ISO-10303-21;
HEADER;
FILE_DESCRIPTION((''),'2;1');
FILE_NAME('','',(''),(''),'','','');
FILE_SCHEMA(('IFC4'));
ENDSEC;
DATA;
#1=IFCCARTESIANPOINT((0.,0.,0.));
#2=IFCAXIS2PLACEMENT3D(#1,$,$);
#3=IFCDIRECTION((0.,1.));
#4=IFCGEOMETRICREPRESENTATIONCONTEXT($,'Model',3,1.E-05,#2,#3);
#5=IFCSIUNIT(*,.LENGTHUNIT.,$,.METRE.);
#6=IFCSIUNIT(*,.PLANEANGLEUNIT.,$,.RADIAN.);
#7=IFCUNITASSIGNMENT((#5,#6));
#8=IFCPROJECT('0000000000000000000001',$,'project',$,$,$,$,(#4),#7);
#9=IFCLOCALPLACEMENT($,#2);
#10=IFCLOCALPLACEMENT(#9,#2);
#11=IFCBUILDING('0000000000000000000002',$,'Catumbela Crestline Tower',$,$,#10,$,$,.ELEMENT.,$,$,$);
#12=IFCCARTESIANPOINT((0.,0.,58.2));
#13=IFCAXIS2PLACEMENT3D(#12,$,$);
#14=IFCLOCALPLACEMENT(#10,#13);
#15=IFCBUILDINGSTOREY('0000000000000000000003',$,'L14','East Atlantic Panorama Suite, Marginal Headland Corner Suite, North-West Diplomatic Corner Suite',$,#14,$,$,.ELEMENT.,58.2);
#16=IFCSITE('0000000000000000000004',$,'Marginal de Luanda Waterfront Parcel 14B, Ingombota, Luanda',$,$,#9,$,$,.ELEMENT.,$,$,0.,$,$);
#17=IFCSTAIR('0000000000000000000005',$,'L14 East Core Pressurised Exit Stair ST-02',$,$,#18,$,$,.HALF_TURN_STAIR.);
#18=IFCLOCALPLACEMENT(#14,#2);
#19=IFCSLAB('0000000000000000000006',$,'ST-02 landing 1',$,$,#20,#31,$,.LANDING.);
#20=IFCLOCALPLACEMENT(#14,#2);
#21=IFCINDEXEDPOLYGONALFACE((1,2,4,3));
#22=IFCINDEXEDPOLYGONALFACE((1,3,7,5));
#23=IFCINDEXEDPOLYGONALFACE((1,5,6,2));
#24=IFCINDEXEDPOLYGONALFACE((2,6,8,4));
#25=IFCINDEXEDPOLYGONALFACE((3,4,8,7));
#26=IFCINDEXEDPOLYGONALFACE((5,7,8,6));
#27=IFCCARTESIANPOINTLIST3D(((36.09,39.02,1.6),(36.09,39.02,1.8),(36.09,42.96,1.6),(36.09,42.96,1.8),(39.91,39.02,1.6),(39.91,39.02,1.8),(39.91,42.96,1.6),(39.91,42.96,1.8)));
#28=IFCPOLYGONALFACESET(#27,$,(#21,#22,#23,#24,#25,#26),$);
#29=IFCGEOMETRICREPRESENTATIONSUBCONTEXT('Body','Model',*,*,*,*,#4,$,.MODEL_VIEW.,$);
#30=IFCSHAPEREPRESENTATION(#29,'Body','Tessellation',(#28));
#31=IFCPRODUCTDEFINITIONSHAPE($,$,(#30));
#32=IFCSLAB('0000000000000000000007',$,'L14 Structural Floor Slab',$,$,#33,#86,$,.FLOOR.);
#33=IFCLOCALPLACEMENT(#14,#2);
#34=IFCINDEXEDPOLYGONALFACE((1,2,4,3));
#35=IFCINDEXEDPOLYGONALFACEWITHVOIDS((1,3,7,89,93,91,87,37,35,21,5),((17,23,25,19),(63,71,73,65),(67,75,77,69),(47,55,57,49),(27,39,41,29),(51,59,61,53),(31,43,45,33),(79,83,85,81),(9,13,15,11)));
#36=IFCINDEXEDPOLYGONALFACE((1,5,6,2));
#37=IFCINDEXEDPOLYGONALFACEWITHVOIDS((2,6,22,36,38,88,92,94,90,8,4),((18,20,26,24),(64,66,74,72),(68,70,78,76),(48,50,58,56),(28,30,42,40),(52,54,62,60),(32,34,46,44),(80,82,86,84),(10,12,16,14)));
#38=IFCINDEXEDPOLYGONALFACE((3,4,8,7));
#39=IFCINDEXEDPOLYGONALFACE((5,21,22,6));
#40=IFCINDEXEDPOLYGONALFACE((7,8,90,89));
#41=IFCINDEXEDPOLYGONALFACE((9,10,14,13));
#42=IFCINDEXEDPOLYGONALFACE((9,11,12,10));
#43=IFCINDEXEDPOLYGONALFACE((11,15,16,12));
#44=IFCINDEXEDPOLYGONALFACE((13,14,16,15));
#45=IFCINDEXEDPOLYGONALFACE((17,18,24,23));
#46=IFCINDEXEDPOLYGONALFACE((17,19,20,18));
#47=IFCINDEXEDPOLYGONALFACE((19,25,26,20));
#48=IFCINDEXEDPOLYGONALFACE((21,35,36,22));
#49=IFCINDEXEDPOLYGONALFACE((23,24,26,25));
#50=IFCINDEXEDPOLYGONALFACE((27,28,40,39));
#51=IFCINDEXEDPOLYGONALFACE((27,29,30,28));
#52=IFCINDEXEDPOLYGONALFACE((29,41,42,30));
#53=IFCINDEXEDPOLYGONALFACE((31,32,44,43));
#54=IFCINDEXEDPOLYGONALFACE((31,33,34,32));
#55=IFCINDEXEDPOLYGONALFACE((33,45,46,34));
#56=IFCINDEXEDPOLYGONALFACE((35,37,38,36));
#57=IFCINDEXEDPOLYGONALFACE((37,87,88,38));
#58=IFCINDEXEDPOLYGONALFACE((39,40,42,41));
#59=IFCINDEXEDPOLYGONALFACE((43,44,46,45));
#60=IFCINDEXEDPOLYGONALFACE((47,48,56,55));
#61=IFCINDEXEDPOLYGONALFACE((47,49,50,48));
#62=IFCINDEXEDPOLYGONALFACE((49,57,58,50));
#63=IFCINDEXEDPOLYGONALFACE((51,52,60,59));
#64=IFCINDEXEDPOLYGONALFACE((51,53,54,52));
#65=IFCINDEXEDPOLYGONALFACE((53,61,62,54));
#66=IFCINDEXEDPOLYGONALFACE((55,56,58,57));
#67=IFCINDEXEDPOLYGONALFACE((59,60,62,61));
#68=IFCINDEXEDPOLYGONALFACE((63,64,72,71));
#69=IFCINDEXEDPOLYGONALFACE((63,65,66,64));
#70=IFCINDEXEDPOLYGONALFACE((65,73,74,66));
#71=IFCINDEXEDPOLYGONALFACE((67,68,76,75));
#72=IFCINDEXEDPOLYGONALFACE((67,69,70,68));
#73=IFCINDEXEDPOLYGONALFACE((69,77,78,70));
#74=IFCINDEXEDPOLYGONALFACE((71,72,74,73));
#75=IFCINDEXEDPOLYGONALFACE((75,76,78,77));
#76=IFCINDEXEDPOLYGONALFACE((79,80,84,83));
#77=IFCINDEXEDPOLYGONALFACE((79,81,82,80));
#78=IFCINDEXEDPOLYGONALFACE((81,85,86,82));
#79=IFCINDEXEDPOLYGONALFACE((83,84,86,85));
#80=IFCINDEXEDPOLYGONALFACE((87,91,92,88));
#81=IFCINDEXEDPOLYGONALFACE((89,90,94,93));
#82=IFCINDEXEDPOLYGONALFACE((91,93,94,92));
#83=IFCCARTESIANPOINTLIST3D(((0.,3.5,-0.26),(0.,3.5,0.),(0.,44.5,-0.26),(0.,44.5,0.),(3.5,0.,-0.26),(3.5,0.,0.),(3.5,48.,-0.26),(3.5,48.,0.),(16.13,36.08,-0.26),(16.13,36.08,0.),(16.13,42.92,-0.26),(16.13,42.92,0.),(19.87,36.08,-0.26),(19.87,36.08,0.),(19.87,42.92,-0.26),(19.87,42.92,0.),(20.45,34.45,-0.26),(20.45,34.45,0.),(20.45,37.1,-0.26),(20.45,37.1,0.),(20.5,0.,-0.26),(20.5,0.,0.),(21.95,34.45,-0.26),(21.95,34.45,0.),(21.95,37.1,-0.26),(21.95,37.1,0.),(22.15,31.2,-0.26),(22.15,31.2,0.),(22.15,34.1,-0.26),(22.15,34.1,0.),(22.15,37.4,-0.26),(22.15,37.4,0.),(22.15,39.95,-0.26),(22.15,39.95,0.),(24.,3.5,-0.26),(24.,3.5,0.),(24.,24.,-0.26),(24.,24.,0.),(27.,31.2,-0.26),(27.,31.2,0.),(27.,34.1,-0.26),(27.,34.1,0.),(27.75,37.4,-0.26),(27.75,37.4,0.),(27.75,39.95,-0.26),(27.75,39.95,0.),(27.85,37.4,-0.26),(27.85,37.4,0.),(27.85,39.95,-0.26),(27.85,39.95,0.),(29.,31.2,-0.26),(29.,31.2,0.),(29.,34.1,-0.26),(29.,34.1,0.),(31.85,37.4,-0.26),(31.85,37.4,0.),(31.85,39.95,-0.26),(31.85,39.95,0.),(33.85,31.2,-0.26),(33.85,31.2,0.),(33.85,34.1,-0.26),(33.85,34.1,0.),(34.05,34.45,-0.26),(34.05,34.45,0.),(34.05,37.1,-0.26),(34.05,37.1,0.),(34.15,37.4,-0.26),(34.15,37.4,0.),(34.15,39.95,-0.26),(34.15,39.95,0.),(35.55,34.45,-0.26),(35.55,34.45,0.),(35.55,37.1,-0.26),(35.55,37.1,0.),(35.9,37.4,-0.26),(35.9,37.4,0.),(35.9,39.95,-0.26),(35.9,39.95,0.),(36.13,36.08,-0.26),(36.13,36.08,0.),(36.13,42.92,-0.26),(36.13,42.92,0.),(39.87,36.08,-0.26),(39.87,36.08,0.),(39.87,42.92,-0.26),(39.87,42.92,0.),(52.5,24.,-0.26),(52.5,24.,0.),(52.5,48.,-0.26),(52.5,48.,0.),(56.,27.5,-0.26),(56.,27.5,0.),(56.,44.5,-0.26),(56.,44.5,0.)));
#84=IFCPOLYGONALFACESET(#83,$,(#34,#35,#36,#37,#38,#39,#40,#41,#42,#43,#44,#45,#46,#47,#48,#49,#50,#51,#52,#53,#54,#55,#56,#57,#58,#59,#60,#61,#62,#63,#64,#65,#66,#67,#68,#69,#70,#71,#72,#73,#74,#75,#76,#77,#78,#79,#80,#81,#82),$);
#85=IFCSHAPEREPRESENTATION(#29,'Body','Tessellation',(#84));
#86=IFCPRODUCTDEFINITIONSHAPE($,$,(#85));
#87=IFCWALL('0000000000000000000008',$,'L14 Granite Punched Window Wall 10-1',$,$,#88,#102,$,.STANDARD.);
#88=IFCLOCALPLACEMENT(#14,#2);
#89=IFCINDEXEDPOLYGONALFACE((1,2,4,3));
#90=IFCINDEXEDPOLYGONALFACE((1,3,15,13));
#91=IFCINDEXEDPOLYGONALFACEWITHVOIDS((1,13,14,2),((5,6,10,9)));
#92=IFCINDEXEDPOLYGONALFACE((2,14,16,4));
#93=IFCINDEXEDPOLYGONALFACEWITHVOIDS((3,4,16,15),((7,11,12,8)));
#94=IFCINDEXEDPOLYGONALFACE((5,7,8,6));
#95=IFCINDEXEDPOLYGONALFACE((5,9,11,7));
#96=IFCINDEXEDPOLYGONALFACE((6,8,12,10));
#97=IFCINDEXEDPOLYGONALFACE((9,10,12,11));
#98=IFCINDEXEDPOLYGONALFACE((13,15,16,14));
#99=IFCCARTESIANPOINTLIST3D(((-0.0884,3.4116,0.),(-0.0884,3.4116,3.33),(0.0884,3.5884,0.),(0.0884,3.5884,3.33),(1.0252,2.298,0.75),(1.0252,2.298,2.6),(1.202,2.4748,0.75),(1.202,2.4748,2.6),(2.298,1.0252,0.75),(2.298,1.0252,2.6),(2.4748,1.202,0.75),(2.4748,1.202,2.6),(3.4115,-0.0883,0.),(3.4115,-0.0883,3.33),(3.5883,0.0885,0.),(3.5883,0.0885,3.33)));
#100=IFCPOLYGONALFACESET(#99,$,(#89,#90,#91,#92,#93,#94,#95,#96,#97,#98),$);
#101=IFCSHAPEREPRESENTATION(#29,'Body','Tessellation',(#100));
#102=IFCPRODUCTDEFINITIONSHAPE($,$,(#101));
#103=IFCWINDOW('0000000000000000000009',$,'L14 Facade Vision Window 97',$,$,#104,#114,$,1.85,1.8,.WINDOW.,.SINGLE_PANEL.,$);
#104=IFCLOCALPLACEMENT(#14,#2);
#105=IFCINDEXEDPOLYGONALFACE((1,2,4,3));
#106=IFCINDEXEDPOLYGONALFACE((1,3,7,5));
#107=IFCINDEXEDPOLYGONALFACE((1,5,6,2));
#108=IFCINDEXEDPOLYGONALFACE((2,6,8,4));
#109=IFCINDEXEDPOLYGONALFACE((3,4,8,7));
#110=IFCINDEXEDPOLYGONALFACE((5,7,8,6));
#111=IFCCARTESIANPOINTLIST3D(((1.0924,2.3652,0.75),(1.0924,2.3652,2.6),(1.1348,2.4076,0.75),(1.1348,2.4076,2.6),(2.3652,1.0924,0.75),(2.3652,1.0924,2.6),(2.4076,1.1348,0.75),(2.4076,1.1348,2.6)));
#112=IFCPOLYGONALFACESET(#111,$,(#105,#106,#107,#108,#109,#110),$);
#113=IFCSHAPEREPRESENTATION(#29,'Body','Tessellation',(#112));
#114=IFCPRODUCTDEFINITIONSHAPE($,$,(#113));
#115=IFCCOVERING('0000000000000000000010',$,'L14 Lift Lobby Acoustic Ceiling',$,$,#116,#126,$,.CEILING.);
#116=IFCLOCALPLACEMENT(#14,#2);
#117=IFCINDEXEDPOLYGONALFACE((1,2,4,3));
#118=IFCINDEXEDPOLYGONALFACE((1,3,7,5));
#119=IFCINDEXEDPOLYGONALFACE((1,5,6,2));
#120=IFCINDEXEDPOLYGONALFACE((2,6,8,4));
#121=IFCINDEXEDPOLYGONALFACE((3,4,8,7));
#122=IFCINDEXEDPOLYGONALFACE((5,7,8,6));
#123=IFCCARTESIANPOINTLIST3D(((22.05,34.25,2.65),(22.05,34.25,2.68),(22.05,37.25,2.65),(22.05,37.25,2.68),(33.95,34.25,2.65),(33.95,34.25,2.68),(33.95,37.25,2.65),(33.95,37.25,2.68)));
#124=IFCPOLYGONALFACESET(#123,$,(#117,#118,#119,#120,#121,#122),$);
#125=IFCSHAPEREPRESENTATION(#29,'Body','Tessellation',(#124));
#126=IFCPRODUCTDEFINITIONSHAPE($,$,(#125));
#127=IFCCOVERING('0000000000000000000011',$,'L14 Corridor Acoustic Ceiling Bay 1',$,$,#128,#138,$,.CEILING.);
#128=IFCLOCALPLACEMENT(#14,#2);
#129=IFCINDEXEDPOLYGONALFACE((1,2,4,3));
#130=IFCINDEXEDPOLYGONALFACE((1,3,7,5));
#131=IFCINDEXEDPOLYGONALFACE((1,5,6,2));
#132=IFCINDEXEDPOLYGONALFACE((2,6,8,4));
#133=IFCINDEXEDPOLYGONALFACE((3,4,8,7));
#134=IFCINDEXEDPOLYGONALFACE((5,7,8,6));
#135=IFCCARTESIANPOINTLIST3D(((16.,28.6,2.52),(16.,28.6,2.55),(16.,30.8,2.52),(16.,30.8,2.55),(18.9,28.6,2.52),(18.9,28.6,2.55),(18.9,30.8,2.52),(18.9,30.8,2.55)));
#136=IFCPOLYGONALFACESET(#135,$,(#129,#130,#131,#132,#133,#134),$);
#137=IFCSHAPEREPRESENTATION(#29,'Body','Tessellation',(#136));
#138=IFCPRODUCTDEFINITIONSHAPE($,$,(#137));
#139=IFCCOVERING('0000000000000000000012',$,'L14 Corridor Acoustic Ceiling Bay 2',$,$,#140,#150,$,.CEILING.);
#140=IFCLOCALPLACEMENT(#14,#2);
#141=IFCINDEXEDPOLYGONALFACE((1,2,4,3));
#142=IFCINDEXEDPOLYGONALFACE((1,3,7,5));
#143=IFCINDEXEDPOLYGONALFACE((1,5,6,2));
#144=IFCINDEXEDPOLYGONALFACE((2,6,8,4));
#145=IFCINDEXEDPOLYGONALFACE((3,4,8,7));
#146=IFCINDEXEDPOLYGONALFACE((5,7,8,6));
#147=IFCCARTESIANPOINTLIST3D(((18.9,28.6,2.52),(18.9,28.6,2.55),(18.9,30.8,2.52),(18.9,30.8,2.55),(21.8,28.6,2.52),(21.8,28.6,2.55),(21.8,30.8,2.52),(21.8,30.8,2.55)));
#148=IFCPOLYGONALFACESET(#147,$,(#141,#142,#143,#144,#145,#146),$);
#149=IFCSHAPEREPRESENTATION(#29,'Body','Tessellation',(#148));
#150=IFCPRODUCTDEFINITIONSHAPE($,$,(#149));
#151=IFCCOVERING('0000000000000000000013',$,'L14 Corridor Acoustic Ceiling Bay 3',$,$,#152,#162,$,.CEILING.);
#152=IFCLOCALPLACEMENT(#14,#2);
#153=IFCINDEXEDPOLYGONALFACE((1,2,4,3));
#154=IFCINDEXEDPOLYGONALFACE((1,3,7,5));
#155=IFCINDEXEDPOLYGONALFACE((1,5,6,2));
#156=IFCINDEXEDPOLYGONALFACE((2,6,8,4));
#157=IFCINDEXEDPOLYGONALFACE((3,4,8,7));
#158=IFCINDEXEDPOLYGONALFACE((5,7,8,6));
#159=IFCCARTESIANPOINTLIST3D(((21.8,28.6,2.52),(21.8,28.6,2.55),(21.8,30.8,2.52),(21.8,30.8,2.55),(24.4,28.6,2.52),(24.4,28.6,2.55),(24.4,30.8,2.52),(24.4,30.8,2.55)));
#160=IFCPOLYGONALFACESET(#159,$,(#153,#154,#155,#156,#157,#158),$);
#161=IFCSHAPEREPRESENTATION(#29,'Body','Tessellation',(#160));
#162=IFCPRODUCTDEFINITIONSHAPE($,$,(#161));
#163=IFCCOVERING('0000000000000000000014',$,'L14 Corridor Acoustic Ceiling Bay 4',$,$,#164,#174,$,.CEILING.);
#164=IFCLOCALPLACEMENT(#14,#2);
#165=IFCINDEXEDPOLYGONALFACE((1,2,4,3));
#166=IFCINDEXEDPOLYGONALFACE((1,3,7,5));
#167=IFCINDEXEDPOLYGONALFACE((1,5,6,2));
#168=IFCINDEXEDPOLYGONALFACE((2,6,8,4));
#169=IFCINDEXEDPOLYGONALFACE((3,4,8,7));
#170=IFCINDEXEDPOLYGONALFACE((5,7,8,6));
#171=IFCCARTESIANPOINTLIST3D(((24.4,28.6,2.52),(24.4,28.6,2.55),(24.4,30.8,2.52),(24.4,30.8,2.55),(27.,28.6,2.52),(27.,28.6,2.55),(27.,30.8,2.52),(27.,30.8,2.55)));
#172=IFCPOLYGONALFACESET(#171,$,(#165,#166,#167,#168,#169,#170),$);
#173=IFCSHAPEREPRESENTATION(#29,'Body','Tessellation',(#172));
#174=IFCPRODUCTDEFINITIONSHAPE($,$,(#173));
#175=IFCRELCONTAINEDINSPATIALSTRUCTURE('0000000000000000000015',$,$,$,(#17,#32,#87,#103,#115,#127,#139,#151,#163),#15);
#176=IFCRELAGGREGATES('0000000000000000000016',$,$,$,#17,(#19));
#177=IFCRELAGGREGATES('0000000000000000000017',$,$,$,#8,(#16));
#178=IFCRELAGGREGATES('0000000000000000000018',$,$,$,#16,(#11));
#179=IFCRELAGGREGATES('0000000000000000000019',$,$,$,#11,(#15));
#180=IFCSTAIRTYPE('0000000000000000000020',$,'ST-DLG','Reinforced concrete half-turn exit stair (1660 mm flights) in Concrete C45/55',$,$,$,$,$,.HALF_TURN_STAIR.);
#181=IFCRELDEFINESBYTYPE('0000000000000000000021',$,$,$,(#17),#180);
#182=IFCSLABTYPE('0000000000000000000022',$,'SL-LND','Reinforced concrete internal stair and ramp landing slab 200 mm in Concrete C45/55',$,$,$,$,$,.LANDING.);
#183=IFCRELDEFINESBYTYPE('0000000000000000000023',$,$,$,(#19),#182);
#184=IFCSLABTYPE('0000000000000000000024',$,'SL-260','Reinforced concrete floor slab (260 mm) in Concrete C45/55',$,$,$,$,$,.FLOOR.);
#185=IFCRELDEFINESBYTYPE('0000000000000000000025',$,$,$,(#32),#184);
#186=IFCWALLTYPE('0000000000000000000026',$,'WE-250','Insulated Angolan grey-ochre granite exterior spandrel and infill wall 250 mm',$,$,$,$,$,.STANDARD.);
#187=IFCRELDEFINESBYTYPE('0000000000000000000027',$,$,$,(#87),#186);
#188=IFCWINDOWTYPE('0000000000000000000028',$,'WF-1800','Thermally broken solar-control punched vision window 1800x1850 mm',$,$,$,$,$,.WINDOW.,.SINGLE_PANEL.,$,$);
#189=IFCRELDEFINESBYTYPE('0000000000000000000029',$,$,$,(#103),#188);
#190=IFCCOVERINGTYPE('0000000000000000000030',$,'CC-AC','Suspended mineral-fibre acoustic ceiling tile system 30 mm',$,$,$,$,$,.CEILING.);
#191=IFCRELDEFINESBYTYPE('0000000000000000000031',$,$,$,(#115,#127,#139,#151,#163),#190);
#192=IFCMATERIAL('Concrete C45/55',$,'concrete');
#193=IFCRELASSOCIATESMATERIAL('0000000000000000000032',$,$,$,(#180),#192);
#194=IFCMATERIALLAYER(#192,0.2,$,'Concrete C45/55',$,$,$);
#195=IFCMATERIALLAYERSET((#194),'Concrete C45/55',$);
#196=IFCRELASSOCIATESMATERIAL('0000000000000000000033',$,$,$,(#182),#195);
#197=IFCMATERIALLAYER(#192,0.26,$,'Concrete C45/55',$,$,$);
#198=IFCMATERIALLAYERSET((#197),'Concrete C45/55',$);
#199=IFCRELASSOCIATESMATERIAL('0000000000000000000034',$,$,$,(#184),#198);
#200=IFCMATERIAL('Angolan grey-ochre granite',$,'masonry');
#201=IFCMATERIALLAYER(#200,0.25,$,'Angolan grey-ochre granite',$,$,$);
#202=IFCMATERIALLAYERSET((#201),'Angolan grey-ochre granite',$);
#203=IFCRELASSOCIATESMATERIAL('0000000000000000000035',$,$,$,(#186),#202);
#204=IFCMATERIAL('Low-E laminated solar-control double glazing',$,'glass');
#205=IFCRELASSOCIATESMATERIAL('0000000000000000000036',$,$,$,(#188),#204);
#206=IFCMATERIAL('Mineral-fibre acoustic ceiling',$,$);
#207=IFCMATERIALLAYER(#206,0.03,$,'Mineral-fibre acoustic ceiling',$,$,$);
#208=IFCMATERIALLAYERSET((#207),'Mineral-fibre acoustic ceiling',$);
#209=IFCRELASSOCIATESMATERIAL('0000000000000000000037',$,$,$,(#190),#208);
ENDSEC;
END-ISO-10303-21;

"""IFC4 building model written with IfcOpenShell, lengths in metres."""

from ifc_helpers import new_model, si_unit, direction, frame, frame_2d, origin, place, context, subcontext, project, spatial, polyline, rectangle, outline, extrude, material, layer, layer_set, type_object, element, fill, aggregate, save


model = new_model("IFC4")

# Units and contexts
model_context = context("Model", 3, precision=1e-05, world=origin(), true_north=direction((0.0, 1.0)))
body_context = subcontext(model_context, "Body", "Model", "MODEL_VIEW")
ifc_project = project(units=[si_unit("LENGTHUNIT", "METRE"), si_unit("PLANEANGLEUNIT", "RADIAN")], contexts=[model_context])

# Site, building, storey
site_placement = place(None, origin())
site = spatial("IfcSite", under=ifc_project, at=site_placement, Name="Marginal de Luanda Waterfront Parcel 14B, Ingombota, Luanda", CompositionType="ELEMENT", RefElevation=0.0)
building_placement = place(site_placement, origin())
building = spatial("IfcBuilding", under=site, at=building_placement, Name="Catumbela Crestline Tower", CompositionType="ELEMENT")
storey_placement = place(building_placement, frame((0.0, 0.0, 58.2)))
storey = spatial("IfcBuildingStorey", under=building, at=storey_placement, Name="L14", Description="East Atlantic Panorama Suite, Marginal Headland Corner Suite, North-West Diplomatic Corner Suite", CompositionType="ELEMENT", Elevation=58.2)

# Stair, slab
ifc_material_1 = material(Name="Concrete C45/55", Category="concrete")
stair_type = type_object("IfcStairType", Name="ST-DLG", Description="Reinforced concrete half-turn exit stair (1660 mm flights) in Concrete C45/55", PredefinedType="HALF_TURN_STAIR", material=ifc_material_1)
ifc_layer_1 = layer(ifc_material_1, 0.2, Name="Concrete C45/55")
ifc_layer_set_1 = layer_set([ifc_layer_1], Name="Concrete C45/55")
slab_type_1 = type_object("IfcSlabType", Name="SL-LND", Description="Reinforced concrete internal stair and ramp landing slab 200 mm in Concrete C45/55", PredefinedType="LANDING", material=ifc_layer_set_1)
stair_1_placement = place(storey_placement, origin())
stair_1 = element("IfcStair", 1, at=stair_1_placement, inside=storey, type_object=stair_type, Name="L14 East Core Pressurised Exit Stair ST-02", PredefinedType="HALF_TURN_STAIR")
slab_1_placement = place(storey_placement, frame((0.0, 0.0, 1.6)))
slab_1 = element("IfcSlab", 2, at=slab_1_placement, type_object=slab_type_1, Name="ST-02 landing 1", PredefinedType="LANDING", context=body_context, shape_type="SweptSolid", body=[
    extrude(outline(polyline([(39.91, 39.02), (39.91, 42.96), (36.09, 42.96), (36.09, 39.02), (39.91, 39.02)])), origin(), (0.0, 0.0, 1.0), 0.2),
])
aggregate(stair_1, [slab_1])

# Slab
ifc_layer_2 = layer(ifc_material_1, 0.26, Name="Concrete C45/55")
ifc_layer_set_2 = layer_set([ifc_layer_2], Name="Concrete C45/55")
slab_type_2 = type_object("IfcSlabType", Name="SL-260", Description="Reinforced concrete floor slab (260 mm) in Concrete C45/55", PredefinedType="FLOOR", material=ifc_layer_set_2)
slab_2_placement = place(storey_placement, frame((0.0, 0.0, -0.26)))
element("IfcSlab", 3, at=slab_2_placement, inside=storey, type_object=slab_type_2, Name="L14 Structural Floor Slab", PredefinedType="FLOOR", context=body_context, shape_type="SweptSolid", body=[
    extrude(outline(polyline([(3.5, 0.0), (20.5, 0.0), (24.0, 3.5), (24.0, 24.0), (52.5, 24.0), (56.0, 27.5), (56.0, 44.5), (52.5, 48.0), (3.5, 48.0), (0.0, 44.5), (0.0, 3.5), (3.5, 0.0)]), holes=[polyline([(16.13, 36.08), (19.87, 36.08), (19.87, 42.92), (16.13, 42.92), (16.13, 36.08)]), polyline([(36.13, 36.08), (39.87, 36.08), (39.87, 42.92), (36.13, 42.92), (36.13, 36.08)]), polyline([(22.15, 31.2), (27.0, 31.2), (27.0, 34.1), (22.15, 34.1), (22.15, 31.2)]), polyline([(29.0, 31.2), (33.85, 31.2), (33.85, 34.1), (29.0, 34.1), (29.0, 31.2)]), polyline([(22.15, 37.4), (27.75, 37.4), (27.75, 39.95), (22.15, 39.95), (22.15, 37.4)]), polyline([(27.85, 37.4), (31.85, 37.4), (31.85, 39.95), (27.85, 39.95), (27.85, 37.4)]), polyline([(20.45, 34.45), (21.95, 34.45), (21.95, 37.1), (20.45, 37.1), (20.45, 34.45)]), polyline([(34.05, 34.45), (35.55, 34.45), (35.55, 37.1), (34.05, 37.1), (34.05, 34.45)]), polyline([(34.15, 37.4), (35.9, 37.4), (35.9, 39.95), (34.15, 39.95), (34.15, 37.4)])]), origin(), (0.0, 0.0, 1.0), 0.26),
])

# Wall, opening, window
ifc_material_2 = material(Name="Angolan grey-ochre granite", Category="masonry")
ifc_layer_3 = layer(ifc_material_2, 0.25, Name="Angolan grey-ochre granite")
ifc_layer_set_3 = layer_set([ifc_layer_3], Name="Angolan grey-ochre granite")
wall_type = type_object("IfcWallType", Name="WE-250", Description="Insulated Angolan grey-ochre granite exterior spandrel and infill wall 250 mm", PredefinedType="STANDARD", material=ifc_layer_set_3)
wall_placement = place(storey_placement, frame((0.0, 3.5, 0.0), z_axis=(0.0, 0.0, 1.0), x_axis=(0.707107, -0.707107, 0.0)))
wall = element("IfcWall", 4, at=wall_placement, inside=storey, type_object=wall_type, Name="L14 Granite Punched Window Wall 10-1", PredefinedType="STANDARD", context=body_context, shape_type="SweptSolid", body=[
    extrude(rectangle(XDim=4.9497, YDim=0.25, at=frame_2d((2.4748, 0.0))), origin(), (0.0, 0.0, 1.0), 3.33),
])
opening_placement = place(wall_placement, frame((1.5749, 0.0, 0.75)))
opening = element("IfcOpeningElement", 5, at=opening_placement, cuts=wall, PredefinedType="OPENING", context=body_context, shape_type="SweptSolid", body=[
    extrude(rectangle(XDim=1.8, YDim=1.85, at=frame_2d((0.9, 0.925))), frame((0.0, 0.135, 0.0), z_axis=(0.0, -1.0, 0.0), x_axis=(1.0, 0.0, 0.0)), (0.0, 0.0, 1.0), 0.27),
])
ifc_material_3 = material(Name="Low-E laminated solar-control double glazing", Category="glass")
window_type = type_object("IfcWindowType", Name="WF-1800", Description="Thermally broken solar-control punched vision window 1800x1850 mm", PartitioningType="SINGLE_PANEL", PredefinedType="WINDOW", material=ifc_material_3)
window_placement = place(opening_placement, origin())
window = element("IfcWindow", 6, at=window_placement, inside=storey, type_object=window_type, Name="L14 Facade Vision Window 97", OverallHeight=1.85, OverallWidth=1.8, PartitioningType="SINGLE_PANEL", PredefinedType="WINDOW", context=body_context, shape_type="SweptSolid", body=[
    extrude(rectangle(XDim=1.8, YDim=1.85, at=frame_2d((0.9, 0.925))), frame((0.0, 0.03, 0.0), z_axis=(0.0, -1.0, 0.0), x_axis=(1.0, 0.0, 0.0)), (0.0, 0.0, 1.0), 0.06),
])
fill(opening, window)

# Coverings
ifc_material_4 = material(Name="Mineral-fibre acoustic ceiling")
ifc_layer_4 = layer(ifc_material_4, 0.03, Name="Mineral-fibre acoustic ceiling")
ifc_layer_set_4 = layer_set([ifc_layer_4], Name="Mineral-fibre acoustic ceiling")
covering_type_1 = type_object("IfcCoveringType", Name="CC-AC", Description="Suspended mineral-fibre acoustic ceiling tile system 30 mm", PredefinedType="CEILING", material=ifc_layer_set_4)
covering_1_placement = place(storey_placement, frame((0.0, 0.0, 2.65)))
element("IfcCovering", 7, at=covering_1_placement, inside=storey, type_object=covering_type_1, Name="L14 Lift Lobby Acoustic Ceiling", PredefinedType="CEILING", context=body_context, shape_type="SweptSolid", body=[
    extrude(outline(polyline([(22.05, 34.25), (33.95, 34.25), (33.95, 37.25), (22.05, 37.25), (22.05, 34.25)])), origin(), (0.0, 0.0, 1.0), 0.03),
])
covering_2_placement = place(storey_placement, frame((0.0, 0.0, 2.52)))
element("IfcCovering", 8, at=covering_2_placement, inside=storey, type_object=covering_type_1, Name="L14 Corridor Acoustic Ceiling Bay 1", PredefinedType="CEILING", context=body_context, shape_type="SweptSolid", body=[
    extrude(outline(polyline([(16.0, 28.6), (18.9, 28.6), (18.9, 30.8), (16.0, 30.8), (16.0, 28.6)])), origin(), (0.0, 0.0, 1.0), 0.03),
])
covering_3_placement = place(storey_placement, frame((0.0, 0.0, 2.52)))
element("IfcCovering", 9, at=covering_3_placement, inside=storey, type_object=covering_type_1, Name="L14 Corridor Acoustic Ceiling Bay 2", PredefinedType="CEILING", context=body_context, shape_type="SweptSolid", body=[
    extrude(outline(polyline([(18.9, 28.6), (21.8, 28.6), (21.8, 30.8), (18.9, 30.8), (18.9, 28.6)])), origin(), (0.0, 0.0, 1.0), 0.03),
])
covering_4_placement = place(storey_placement, frame((0.0, 0.0, 2.52)))
element("IfcCovering", 10, at=covering_4_placement, inside=storey, type_object=covering_type_1, Name="L14 Corridor Acoustic Ceiling Bay 3", PredefinedType="CEILING", context=body_context, shape_type="SweptSolid", body=[
    extrude(outline(polyline([(21.8, 28.6), (24.4, 28.6), (24.4, 30.8), (21.8, 30.8), (21.8, 28.6)])), origin(), (0.0, 0.0, 1.0), 0.03),
])
covering_5_placement = place(storey_placement, frame((0.0, 0.0, 2.52)))
element("IfcCovering", 11, at=covering_5_placement, inside=storey, type_object=covering_type_1, Name="L14 Corridor Acoustic Ceiling Bay 4", PredefinedType="CEILING", context=body_context, shape_type="SweptSolid", body=[
    extrude(outline(polyline([(24.4, 28.6), (27.0, 28.6), (27.0, 30.8), (24.4, 30.8), (24.4, 28.6)])), origin(), (0.0, 0.0, 1.0), 0.03),
])

save(model, "model.ifc")
